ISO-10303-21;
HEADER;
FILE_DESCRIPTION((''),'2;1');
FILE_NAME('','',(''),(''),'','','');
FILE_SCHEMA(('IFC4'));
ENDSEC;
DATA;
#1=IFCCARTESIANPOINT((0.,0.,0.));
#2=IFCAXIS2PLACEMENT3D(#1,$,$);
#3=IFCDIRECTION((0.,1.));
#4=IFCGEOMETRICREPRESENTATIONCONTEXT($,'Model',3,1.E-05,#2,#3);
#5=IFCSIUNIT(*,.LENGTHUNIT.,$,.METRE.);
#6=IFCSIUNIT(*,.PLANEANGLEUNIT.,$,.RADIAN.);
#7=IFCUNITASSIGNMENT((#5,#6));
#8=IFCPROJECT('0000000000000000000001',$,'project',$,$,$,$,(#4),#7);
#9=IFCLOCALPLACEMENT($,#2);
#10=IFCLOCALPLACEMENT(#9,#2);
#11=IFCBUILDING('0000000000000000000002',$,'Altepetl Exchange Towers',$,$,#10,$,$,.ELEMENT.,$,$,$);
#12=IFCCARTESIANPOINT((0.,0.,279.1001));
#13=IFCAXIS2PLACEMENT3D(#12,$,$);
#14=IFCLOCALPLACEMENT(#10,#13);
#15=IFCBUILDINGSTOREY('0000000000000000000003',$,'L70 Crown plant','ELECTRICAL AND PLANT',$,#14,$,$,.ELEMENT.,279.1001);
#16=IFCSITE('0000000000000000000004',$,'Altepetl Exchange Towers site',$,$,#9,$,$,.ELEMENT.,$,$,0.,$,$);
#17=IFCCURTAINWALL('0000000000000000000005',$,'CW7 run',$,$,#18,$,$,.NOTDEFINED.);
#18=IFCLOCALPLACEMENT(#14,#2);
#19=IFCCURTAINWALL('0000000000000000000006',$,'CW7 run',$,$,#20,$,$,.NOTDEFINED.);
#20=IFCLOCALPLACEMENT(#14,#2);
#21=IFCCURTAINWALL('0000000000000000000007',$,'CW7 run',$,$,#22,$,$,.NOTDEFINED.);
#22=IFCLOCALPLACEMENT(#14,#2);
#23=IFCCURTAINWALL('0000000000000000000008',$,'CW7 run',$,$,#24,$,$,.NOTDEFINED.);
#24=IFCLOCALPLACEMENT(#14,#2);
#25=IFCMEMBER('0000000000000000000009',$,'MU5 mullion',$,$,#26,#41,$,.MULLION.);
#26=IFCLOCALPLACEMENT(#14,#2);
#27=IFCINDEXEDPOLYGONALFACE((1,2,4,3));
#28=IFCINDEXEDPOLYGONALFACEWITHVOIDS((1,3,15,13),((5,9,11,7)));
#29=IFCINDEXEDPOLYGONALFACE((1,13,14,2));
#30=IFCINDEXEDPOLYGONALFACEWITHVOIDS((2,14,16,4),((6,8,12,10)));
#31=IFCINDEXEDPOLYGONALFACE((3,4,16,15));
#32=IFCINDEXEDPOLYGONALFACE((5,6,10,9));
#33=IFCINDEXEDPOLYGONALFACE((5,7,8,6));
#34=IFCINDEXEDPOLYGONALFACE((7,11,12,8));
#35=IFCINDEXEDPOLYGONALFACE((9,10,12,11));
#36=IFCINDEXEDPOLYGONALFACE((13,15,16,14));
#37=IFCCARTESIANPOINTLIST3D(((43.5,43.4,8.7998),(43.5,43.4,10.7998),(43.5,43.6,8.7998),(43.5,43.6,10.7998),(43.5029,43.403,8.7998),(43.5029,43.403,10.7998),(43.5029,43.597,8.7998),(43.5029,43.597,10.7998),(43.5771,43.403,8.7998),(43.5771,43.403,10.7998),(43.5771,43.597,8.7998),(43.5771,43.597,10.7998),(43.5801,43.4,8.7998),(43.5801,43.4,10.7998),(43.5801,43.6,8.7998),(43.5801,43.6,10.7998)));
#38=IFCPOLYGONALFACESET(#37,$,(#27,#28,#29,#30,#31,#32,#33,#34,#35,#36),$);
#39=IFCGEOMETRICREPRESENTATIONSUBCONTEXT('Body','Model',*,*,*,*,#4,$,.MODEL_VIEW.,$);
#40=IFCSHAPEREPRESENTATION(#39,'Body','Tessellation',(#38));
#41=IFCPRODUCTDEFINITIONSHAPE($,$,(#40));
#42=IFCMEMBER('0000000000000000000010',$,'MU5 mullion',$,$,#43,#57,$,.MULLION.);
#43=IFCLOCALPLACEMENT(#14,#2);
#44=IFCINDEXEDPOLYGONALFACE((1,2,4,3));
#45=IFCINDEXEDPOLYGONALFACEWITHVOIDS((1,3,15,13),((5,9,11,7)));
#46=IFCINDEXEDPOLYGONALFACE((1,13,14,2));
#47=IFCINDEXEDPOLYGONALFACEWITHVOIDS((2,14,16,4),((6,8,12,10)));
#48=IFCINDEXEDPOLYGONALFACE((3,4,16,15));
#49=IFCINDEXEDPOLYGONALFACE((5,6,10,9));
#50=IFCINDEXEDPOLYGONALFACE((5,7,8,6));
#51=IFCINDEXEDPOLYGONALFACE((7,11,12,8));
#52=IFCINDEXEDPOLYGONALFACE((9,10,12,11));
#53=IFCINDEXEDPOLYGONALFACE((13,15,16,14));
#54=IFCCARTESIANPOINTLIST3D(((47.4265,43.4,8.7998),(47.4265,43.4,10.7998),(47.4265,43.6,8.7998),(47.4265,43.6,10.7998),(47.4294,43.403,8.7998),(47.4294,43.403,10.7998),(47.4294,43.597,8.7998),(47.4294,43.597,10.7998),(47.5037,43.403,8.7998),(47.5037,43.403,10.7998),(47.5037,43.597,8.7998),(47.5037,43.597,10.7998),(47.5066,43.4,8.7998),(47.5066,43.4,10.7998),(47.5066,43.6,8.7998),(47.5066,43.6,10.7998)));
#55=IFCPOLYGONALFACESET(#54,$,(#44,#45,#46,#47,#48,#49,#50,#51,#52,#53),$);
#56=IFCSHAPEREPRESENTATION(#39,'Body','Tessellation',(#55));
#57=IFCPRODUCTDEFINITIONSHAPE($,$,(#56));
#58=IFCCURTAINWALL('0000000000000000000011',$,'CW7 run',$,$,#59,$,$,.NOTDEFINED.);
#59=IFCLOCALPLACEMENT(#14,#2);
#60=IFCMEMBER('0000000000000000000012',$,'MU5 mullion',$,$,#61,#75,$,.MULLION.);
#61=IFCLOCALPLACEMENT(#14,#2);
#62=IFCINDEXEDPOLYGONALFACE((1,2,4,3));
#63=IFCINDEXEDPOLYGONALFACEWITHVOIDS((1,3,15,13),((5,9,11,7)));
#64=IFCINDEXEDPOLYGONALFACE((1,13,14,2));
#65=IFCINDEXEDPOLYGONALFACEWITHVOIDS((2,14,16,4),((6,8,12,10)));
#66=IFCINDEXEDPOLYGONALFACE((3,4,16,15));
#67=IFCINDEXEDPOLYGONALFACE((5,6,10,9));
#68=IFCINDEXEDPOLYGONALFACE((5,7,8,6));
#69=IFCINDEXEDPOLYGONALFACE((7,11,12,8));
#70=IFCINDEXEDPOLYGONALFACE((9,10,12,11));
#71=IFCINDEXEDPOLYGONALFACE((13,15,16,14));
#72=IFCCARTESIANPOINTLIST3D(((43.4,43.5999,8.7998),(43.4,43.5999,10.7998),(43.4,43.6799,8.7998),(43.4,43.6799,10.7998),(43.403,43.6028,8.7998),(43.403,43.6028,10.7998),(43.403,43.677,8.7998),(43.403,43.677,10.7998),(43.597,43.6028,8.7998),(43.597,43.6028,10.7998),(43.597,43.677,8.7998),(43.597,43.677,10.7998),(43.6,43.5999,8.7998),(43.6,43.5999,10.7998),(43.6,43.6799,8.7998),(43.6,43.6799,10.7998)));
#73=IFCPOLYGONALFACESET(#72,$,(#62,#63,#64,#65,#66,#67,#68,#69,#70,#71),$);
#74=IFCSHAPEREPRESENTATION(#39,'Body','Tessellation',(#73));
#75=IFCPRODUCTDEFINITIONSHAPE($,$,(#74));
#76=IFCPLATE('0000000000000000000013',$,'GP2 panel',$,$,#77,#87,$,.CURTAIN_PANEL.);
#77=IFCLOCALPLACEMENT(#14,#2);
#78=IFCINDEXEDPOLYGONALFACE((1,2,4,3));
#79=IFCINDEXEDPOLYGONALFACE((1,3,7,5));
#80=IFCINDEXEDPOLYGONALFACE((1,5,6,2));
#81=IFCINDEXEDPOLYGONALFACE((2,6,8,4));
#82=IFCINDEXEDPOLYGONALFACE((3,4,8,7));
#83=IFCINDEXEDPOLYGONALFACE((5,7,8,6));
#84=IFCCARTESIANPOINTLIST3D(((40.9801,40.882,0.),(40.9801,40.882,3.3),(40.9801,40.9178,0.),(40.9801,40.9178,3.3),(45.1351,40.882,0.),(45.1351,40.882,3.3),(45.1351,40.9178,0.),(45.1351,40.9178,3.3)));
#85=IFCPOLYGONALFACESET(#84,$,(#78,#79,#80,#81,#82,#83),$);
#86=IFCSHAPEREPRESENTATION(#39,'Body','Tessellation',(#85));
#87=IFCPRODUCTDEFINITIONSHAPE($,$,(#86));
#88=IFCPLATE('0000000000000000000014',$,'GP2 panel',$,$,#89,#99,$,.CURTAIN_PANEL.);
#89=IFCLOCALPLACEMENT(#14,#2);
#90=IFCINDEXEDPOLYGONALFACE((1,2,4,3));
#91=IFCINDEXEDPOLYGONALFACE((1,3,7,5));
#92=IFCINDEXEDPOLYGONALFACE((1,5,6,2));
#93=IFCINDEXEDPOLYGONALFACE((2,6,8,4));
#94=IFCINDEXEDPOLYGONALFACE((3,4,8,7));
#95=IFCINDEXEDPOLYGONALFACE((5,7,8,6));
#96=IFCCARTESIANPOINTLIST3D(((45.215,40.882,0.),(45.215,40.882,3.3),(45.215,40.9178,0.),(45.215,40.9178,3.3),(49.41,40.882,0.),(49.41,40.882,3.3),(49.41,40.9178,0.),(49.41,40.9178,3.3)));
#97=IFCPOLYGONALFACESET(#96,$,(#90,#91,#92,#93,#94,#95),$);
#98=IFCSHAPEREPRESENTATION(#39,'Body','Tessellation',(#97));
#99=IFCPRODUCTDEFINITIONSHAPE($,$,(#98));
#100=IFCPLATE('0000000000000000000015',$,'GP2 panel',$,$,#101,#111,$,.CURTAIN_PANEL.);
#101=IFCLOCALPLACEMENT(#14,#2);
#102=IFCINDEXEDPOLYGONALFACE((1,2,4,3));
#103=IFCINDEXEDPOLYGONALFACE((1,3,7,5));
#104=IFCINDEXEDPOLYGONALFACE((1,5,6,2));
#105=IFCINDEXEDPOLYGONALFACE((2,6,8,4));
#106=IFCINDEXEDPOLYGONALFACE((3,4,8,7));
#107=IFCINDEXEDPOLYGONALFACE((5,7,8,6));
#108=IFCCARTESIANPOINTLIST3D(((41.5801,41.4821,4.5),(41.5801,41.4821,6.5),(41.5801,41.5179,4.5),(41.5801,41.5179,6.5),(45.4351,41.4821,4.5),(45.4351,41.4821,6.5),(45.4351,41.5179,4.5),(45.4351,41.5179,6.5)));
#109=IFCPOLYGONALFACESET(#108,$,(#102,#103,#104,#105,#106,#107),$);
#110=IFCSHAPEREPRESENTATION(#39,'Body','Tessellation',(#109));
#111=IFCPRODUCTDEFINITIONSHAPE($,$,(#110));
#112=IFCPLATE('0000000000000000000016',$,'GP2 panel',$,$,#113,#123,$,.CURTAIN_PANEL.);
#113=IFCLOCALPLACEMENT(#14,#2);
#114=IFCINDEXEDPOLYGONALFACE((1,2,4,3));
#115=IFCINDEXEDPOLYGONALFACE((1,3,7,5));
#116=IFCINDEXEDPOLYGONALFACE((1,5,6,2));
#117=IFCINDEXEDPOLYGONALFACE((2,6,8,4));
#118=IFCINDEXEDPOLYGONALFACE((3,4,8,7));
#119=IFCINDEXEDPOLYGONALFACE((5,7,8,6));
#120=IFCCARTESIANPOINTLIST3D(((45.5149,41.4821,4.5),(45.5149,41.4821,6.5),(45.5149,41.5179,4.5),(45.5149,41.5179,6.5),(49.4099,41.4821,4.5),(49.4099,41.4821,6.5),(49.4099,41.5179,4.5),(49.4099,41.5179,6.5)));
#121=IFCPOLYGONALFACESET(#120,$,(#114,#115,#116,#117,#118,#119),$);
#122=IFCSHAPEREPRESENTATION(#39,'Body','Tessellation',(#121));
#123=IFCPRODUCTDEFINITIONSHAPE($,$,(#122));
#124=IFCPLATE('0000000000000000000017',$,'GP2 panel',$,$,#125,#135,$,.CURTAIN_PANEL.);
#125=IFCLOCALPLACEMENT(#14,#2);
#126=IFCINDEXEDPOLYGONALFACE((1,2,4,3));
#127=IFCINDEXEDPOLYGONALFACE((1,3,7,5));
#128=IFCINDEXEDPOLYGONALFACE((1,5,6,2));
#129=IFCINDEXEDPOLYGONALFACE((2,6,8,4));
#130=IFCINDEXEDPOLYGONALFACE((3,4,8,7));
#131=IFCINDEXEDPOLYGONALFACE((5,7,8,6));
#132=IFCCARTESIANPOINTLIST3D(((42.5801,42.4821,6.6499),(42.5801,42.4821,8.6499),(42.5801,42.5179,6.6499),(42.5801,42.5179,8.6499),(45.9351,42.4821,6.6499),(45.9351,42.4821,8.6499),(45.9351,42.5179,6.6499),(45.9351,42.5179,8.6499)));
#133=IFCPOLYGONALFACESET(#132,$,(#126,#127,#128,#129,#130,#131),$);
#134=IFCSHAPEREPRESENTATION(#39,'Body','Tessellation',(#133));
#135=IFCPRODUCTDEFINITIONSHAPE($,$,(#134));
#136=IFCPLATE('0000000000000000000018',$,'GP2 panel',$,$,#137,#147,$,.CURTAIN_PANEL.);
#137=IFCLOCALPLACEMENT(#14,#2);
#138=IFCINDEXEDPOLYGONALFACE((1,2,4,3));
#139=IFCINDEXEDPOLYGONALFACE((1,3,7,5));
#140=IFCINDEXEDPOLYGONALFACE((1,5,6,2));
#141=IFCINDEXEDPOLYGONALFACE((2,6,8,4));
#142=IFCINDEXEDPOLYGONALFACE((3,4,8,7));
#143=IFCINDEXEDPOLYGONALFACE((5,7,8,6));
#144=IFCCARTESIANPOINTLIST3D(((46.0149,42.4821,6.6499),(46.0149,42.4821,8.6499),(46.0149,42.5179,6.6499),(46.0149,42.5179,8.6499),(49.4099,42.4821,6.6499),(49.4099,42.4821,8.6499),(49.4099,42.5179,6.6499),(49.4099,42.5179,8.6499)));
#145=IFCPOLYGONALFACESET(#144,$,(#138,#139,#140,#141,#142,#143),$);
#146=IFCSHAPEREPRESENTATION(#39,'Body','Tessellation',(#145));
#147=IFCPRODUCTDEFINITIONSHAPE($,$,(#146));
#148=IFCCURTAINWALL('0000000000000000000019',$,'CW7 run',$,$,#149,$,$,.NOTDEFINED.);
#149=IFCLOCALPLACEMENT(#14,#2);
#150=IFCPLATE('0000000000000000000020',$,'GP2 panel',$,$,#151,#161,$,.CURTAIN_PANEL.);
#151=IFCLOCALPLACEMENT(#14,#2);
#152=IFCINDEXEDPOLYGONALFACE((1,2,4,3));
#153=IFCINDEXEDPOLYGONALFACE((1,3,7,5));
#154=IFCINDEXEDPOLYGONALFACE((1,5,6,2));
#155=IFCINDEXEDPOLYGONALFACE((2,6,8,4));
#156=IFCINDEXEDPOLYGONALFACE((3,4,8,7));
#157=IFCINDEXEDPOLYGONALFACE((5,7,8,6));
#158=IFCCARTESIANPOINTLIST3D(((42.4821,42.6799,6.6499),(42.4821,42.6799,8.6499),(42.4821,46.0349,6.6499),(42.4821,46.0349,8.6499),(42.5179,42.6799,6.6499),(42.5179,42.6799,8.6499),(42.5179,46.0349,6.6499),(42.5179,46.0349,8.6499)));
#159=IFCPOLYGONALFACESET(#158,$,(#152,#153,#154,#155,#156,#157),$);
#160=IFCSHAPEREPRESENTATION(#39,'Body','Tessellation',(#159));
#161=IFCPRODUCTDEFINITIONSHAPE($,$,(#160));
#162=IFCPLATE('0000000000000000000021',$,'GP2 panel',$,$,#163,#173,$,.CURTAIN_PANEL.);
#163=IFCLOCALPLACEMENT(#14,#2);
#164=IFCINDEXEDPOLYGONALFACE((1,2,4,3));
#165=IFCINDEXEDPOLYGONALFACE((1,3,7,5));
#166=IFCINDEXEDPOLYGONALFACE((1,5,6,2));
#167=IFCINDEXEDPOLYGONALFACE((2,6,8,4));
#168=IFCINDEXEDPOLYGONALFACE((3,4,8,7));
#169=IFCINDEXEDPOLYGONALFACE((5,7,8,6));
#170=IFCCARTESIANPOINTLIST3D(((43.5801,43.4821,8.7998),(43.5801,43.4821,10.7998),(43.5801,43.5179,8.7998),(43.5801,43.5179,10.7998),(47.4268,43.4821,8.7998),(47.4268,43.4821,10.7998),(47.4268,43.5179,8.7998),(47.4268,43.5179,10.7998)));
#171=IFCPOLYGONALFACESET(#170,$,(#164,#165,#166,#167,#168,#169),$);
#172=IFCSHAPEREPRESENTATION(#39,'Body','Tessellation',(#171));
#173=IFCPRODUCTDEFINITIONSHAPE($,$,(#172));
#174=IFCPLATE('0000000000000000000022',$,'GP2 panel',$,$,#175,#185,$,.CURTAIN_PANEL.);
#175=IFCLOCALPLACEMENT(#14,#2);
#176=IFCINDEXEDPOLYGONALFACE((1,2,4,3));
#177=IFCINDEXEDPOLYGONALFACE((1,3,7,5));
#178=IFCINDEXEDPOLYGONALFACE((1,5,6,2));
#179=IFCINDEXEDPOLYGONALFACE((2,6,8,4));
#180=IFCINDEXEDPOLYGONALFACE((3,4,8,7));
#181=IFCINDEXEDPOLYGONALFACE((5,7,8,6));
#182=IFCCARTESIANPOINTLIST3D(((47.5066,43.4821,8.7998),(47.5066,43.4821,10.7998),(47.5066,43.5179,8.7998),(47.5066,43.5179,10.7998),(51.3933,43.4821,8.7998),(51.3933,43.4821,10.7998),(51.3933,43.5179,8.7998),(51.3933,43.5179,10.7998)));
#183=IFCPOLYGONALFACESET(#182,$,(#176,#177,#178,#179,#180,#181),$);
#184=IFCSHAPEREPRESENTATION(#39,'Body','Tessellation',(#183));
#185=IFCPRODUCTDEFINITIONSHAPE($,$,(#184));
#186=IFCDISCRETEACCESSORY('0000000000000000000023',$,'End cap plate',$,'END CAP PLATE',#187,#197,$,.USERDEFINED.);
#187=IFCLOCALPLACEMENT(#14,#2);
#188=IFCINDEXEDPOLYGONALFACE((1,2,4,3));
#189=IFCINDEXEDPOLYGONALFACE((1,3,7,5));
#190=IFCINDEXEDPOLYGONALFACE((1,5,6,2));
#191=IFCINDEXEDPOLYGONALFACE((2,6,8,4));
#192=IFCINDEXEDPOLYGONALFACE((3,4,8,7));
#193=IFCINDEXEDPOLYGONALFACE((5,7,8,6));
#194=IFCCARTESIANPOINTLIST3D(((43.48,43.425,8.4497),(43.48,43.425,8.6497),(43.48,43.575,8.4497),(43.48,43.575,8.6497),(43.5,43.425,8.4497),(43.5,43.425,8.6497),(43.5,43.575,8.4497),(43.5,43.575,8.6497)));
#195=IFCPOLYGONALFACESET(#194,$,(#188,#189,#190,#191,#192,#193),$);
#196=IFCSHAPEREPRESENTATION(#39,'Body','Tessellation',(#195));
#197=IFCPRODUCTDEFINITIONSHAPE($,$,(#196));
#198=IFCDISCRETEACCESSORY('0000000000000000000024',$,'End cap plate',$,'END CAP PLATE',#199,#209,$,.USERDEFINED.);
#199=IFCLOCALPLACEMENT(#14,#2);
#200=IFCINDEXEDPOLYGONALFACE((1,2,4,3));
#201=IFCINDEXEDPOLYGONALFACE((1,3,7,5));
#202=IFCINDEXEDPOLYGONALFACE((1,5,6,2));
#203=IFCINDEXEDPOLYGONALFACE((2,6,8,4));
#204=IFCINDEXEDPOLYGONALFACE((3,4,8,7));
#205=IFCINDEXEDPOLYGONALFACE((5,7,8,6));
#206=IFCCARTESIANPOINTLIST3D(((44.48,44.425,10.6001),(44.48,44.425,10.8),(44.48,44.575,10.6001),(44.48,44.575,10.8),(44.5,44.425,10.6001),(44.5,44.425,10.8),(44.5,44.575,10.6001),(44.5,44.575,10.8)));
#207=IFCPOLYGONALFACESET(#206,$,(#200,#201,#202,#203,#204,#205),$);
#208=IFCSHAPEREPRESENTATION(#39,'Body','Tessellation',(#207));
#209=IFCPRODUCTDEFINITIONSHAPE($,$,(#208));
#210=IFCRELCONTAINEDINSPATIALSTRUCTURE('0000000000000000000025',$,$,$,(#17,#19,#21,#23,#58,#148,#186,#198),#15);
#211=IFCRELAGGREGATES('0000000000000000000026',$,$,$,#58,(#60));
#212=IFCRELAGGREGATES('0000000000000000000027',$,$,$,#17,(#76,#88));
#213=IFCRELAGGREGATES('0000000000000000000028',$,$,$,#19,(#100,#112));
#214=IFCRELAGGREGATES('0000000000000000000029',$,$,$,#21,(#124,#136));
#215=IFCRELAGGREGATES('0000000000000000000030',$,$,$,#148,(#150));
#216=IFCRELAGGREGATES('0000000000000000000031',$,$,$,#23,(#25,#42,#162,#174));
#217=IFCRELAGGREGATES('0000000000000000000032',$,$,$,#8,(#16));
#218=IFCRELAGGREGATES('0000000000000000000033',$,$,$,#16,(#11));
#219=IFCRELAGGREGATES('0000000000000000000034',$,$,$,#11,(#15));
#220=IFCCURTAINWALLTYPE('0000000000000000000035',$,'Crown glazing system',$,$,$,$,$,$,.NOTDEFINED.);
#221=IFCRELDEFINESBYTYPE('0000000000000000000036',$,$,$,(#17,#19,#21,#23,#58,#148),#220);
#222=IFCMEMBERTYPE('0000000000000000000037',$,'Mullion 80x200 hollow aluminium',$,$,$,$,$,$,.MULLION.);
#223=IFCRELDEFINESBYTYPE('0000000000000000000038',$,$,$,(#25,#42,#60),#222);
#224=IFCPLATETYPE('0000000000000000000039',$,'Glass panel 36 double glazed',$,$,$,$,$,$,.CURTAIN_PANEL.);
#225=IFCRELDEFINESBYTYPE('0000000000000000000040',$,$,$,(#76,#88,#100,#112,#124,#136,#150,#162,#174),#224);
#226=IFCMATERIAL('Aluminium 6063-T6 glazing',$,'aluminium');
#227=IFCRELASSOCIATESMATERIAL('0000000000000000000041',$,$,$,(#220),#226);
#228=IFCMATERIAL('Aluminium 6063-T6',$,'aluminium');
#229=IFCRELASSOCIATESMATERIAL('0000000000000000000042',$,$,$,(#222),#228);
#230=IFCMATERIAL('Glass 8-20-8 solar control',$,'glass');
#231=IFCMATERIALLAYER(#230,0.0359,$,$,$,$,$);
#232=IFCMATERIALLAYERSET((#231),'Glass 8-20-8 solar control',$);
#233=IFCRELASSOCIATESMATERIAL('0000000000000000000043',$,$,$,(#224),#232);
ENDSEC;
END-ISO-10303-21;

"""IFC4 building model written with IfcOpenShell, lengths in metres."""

from ifc_helpers import new_model, si_unit, direction, frame, origin, origin_2d, place, context, subcontext, project, spatial, rectangle, hollow_rectangle, extrude, material, layer, layer_set, material_profile, profile_set, type_object, element, aggregate, save


model = new_model("IFC4")

# Units and contexts
model_context = context("Model", 3, precision=1e-05, world=origin(), true_north=direction((0.0, 1.0)))
body_context = subcontext(model_context, "Body", "Model", "MODEL_VIEW")
ifc_project = project(units=[si_unit("LENGTHUNIT", "METRE"), si_unit("PLANEANGLEUNIT", "RADIAN")], contexts=[model_context])

# Site, building, storey
site_placement = place(None, origin())
site = spatial("IfcSite", under=ifc_project, at=site_placement, Name="Altepetl Exchange Towers site", CompositionType="ELEMENT", RefElevation=0.0)
building_placement = place(site_placement, origin())
building = spatial("IfcBuilding", under=site, at=building_placement, Name="Altepetl Exchange Towers", CompositionType="ELEMENT")
storey_placement = place(building_placement, frame((0.0, 0.0, 279.1001)))
storey = spatial("IfcBuildingStorey", under=building, at=storey_placement, Name="L70 Crown plant", Description="ELECTRICAL AND PLANT", CompositionType="ELEMENT", Elevation=279.1001)

# Curtain walls, members
ifc_material_1 = material(Name="Aluminium 6063-T6 glazing", Category="aluminium")
curtain_wall_type = type_object("IfcCurtainWallType", Name="Crown glazing system", PredefinedType="NOTDEFINED", material=ifc_material_1)
curtain_wall_1_placement = place(storey_placement, origin())
curtain_wall_1 = element("IfcCurtainWall", 1, at=curtain_wall_1_placement, inside=storey, type_object=curtain_wall_type, Name="CW7 run", PredefinedType="NOTDEFINED")
ifc_material_2 = material(Name="Aluminium 6063-T6", Category="aluminium")
ifc_material_profile_1 = material_profile(ifc_material_2, hollow_rectangle(XDim=0.0801, YDim=0.2, WallThickness=0.0029, at=origin_2d()), Name="Mullion 80x200 hollow aluminium")
ifc_profile_set_1 = profile_set([ifc_material_profile_1], Name="Aluminium 6063-T6")
member_type = type_object("IfcMemberType", Name="Mullion 80x200 hollow aluminium", PredefinedType="MULLION", material=ifc_profile_set_1)
curtain_wall_2_placement = place(storey_placement, origin())
curtain_wall_2 = element("IfcCurtainWall", 2, at=curtain_wall_2_placement, inside=storey, type_object=curtain_wall_type, Name="CW7 run", PredefinedType="NOTDEFINED")
curtain_wall_3_placement = place(storey_placement, origin())
curtain_wall_3 = element("IfcCurtainWall", 3, at=curtain_wall_3_placement, inside=storey, type_object=curtain_wall_type, Name="CW7 run", PredefinedType="NOTDEFINED")
curtain_wall_4_placement = place(storey_placement, origin())
curtain_wall_4 = element("IfcCurtainWall", 4, at=curtain_wall_4_placement, inside=storey, type_object=curtain_wall_type, Name="CW7 run", PredefinedType="NOTDEFINED")
member_1_placement = place(storey_placement, frame((43.54, 43.5, 8.7998)))
member_1 = element("IfcMember", 5, at=member_1_placement, type_object=member_type, Name="MU5 mullion", PredefinedType="MULLION", context=body_context, shape_type="SweptSolid", body=[
    extrude(hollow_rectangle(XDim=0.0801, YDim=0.2, WallThickness=0.0029, at=origin_2d()), origin(), (0.0, 0.0, 1.0), 2.0),
])
member_2_placement = place(storey_placement, frame((47.4666, 43.5, 8.7998)))
member_2 = element("IfcMember", 6, at=member_2_placement, type_object=member_type, Name="MU5 mullion", PredefinedType="MULLION", context=body_context, shape_type="SweptSolid", body=[
    extrude(hollow_rectangle(XDim=0.0801, YDim=0.2, WallThickness=0.0029, at=origin_2d()), origin(), (0.0, 0.0, 1.0), 2.0),
])

# Curtain wall, member
curtain_wall_5_placement = place(storey_placement, origin())
curtain_wall_5 = element("IfcCurtainWall", 7, at=curtain_wall_5_placement, inside=storey, type_object=curtain_wall_type, Name="CW7 run", PredefinedType="NOTDEFINED")
member_3_placement = place(storey_placement, frame((43.5, 43.6399, 8.7998), z_axis=(0.0, 0.0, 1.0), x_axis=(0.0, -1.0, 0.0)))
member_3 = element("IfcMember", 8, at=member_3_placement, type_object=member_type, Name="MU5 mullion", PredefinedType="MULLION", context=body_context, shape_type="SweptSolid", body=[
    extrude(hollow_rectangle(XDim=0.0801, YDim=0.2, WallThickness=0.0029, at=origin_2d()), origin(), (0.0, 0.0, 1.0), 2.0),
])
aggregate(curtain_wall_5, [member_3])

# Plates
ifc_material_3 = material(Name="Glass 8-20-8 solar control", Category="glass")
ifc_layer = layer(ifc_material_3, 0.0359)
ifc_layer_set = layer_set([ifc_layer], Name="Glass 8-20-8 solar control")
plate_type = type_object("IfcPlateType", Name="Glass panel 36 double glazed", PredefinedType="CURTAIN_PANEL", material=ifc_layer_set)
plate_1_placement = place(storey_placement, frame((43.0576, 40.8999, 0.0)))
plate_1 = element("IfcPlate", 9, at=plate_1_placement, type_object=plate_type, Name="GP2 panel", PredefinedType="CURTAIN_PANEL", context=body_context, shape_type="SweptSolid", body=[
    extrude(rectangle(XDim=4.155, YDim=0.0359, at=origin_2d()), origin(), (0.0, 0.0, 1.0), 3.3),
])
plate_2_placement = place(storey_placement, frame((47.3125, 40.8999, 0.0)))
plate_2 = element("IfcPlate", 10, at=plate_2_placement, type_object=plate_type, Name="GP2 panel", PredefinedType="CURTAIN_PANEL", context=body_context, shape_type="SweptSolid", body=[
    extrude(rectangle(XDim=4.1951, YDim=0.0359, at=origin_2d()), origin(), (0.0, 0.0, 1.0), 3.3),
])
aggregate(curtain_wall_1, [plate_1, plate_2])
plate_3_placement = place(storey_placement, frame((43.5076, 41.5, 4.5)))
plate_3 = element("IfcPlate", 11, at=plate_3_placement, type_object=plate_type, Name="GP2 panel", PredefinedType="CURTAIN_PANEL", context=body_context, shape_type="SweptSolid", body=[
    extrude(rectangle(XDim=3.855, YDim=0.0359, at=origin_2d()), origin(), (0.0, 0.0, 1.0), 2.0),
])
plate_4_placement = place(storey_placement, frame((47.4624, 41.5, 4.5)))
plate_4 = element("IfcPlate", 12, at=plate_4_placement, type_object=plate_type, Name="GP2 panel", PredefinedType="CURTAIN_PANEL", context=body_context, shape_type="SweptSolid", body=[
    extrude(rectangle(XDim=3.895, YDim=0.0359, at=origin_2d()), origin(), (0.0, 0.0, 1.0), 2.0),
])
aggregate(curtain_wall_2, [plate_3, plate_4])
plate_5_placement = place(storey_placement, frame((44.2576, 42.5, 6.6499)))
plate_5 = element("IfcPlate", 13, at=plate_5_placement, type_object=plate_type, Name="GP2 panel", PredefinedType="CURTAIN_PANEL", context=body_context, shape_type="SweptSolid", body=[
    extrude(rectangle(XDim=3.355, YDim=0.0359, at=origin_2d()), origin(), (0.0, 0.0, 1.0), 2.0),
])
plate_6_placement = place(storey_placement, frame((47.7124, 42.5, 6.6499)))
plate_6 = element("IfcPlate", 14, at=plate_6_placement, type_object=plate_type, Name="GP2 panel", PredefinedType="CURTAIN_PANEL", context=body_context, shape_type="SweptSolid", body=[
    extrude(rectangle(XDim=3.395, YDim=0.0359, at=origin_2d()), origin(), (0.0, 0.0, 1.0), 2.0),
])
aggregate(curtain_wall_3, [plate_5, plate_6])

# Curtain wall, plate
curtain_wall_6_placement = place(storey_placement, origin())
curtain_wall_6 = element("IfcCurtainWall", 15, at=curtain_wall_6_placement, inside=storey, type_object=curtain_wall_type, Name="CW7 run", PredefinedType="NOTDEFINED")
plate_7_placement = place(storey_placement, frame((42.5, 44.3574, 6.6499), z_axis=(0.0, 0.0, 1.0), x_axis=(0.0, -1.0, 0.0)))
plate_7 = element("IfcPlate", 16, at=plate_7_placement, type_object=plate_type, Name="GP2 panel", PredefinedType="CURTAIN_PANEL", context=body_context, shape_type="SweptSolid", body=[
    extrude(rectangle(XDim=3.355, YDim=0.0359, at=origin_2d()), origin(), (0.0, 0.0, 1.0), 2.0),
])
aggregate(curtain_wall_6, [plate_7])

# Plates
plate_8_placement = place(storey_placement, frame((45.5034, 43.5, 8.7998)))
plate_8 = element("IfcPlate", 17, at=plate_8_placement, type_object=plate_type, Name="GP2 panel", PredefinedType="CURTAIN_PANEL", context=body_context, shape_type="SweptSolid", body=[
    extrude(rectangle(XDim=3.8467, YDim=0.0359, at=origin_2d()), origin(), (0.0, 0.0, 1.0), 2.0),
])
plate_9_placement = place(storey_placement, frame((49.45, 43.5, 8.7998)))
plate_9 = element("IfcPlate", 18, at=plate_9_placement, type_object=plate_type, Name="GP2 panel", PredefinedType="CURTAIN_PANEL", context=body_context, shape_type="SweptSolid", body=[
    extrude(rectangle(XDim=3.8867, YDim=0.0359, at=origin_2d()), origin(), (0.0, 0.0, 1.0), 2.0),
])
aggregate(curtain_wall_4, [member_1, member_2, plate_8, plate_9])

# Discrete accessories
for number, where, z_axis, x_axis, name in (
    (19, (43.49, 43.5, 8.4497), (0.0, 0.0, 1.0), (-1.0, 0.0, 0.0), "End cap plate"),
    (20, (44.49, 44.5, 10.6001), (0.0, 0.0, 1.0), (-1.0, 0.0, 0.0), "End cap plate"),
):
    element("IfcDiscreteAccessory", number, at=place(storey_placement, frame(where, z_axis=z_axis, x_axis=x_axis)), inside=storey, Name=name, ObjectType="END CAP PLATE", PredefinedType="USERDEFINED", context=body_context, shape_type="SweptSolid", body=[
        extrude(rectangle(XDim=0.02, YDim=0.1499, at=origin_2d()), origin(), (0.0, 0.0, 1.0), 0.2),
    ])

save(model, "model.ifc")
